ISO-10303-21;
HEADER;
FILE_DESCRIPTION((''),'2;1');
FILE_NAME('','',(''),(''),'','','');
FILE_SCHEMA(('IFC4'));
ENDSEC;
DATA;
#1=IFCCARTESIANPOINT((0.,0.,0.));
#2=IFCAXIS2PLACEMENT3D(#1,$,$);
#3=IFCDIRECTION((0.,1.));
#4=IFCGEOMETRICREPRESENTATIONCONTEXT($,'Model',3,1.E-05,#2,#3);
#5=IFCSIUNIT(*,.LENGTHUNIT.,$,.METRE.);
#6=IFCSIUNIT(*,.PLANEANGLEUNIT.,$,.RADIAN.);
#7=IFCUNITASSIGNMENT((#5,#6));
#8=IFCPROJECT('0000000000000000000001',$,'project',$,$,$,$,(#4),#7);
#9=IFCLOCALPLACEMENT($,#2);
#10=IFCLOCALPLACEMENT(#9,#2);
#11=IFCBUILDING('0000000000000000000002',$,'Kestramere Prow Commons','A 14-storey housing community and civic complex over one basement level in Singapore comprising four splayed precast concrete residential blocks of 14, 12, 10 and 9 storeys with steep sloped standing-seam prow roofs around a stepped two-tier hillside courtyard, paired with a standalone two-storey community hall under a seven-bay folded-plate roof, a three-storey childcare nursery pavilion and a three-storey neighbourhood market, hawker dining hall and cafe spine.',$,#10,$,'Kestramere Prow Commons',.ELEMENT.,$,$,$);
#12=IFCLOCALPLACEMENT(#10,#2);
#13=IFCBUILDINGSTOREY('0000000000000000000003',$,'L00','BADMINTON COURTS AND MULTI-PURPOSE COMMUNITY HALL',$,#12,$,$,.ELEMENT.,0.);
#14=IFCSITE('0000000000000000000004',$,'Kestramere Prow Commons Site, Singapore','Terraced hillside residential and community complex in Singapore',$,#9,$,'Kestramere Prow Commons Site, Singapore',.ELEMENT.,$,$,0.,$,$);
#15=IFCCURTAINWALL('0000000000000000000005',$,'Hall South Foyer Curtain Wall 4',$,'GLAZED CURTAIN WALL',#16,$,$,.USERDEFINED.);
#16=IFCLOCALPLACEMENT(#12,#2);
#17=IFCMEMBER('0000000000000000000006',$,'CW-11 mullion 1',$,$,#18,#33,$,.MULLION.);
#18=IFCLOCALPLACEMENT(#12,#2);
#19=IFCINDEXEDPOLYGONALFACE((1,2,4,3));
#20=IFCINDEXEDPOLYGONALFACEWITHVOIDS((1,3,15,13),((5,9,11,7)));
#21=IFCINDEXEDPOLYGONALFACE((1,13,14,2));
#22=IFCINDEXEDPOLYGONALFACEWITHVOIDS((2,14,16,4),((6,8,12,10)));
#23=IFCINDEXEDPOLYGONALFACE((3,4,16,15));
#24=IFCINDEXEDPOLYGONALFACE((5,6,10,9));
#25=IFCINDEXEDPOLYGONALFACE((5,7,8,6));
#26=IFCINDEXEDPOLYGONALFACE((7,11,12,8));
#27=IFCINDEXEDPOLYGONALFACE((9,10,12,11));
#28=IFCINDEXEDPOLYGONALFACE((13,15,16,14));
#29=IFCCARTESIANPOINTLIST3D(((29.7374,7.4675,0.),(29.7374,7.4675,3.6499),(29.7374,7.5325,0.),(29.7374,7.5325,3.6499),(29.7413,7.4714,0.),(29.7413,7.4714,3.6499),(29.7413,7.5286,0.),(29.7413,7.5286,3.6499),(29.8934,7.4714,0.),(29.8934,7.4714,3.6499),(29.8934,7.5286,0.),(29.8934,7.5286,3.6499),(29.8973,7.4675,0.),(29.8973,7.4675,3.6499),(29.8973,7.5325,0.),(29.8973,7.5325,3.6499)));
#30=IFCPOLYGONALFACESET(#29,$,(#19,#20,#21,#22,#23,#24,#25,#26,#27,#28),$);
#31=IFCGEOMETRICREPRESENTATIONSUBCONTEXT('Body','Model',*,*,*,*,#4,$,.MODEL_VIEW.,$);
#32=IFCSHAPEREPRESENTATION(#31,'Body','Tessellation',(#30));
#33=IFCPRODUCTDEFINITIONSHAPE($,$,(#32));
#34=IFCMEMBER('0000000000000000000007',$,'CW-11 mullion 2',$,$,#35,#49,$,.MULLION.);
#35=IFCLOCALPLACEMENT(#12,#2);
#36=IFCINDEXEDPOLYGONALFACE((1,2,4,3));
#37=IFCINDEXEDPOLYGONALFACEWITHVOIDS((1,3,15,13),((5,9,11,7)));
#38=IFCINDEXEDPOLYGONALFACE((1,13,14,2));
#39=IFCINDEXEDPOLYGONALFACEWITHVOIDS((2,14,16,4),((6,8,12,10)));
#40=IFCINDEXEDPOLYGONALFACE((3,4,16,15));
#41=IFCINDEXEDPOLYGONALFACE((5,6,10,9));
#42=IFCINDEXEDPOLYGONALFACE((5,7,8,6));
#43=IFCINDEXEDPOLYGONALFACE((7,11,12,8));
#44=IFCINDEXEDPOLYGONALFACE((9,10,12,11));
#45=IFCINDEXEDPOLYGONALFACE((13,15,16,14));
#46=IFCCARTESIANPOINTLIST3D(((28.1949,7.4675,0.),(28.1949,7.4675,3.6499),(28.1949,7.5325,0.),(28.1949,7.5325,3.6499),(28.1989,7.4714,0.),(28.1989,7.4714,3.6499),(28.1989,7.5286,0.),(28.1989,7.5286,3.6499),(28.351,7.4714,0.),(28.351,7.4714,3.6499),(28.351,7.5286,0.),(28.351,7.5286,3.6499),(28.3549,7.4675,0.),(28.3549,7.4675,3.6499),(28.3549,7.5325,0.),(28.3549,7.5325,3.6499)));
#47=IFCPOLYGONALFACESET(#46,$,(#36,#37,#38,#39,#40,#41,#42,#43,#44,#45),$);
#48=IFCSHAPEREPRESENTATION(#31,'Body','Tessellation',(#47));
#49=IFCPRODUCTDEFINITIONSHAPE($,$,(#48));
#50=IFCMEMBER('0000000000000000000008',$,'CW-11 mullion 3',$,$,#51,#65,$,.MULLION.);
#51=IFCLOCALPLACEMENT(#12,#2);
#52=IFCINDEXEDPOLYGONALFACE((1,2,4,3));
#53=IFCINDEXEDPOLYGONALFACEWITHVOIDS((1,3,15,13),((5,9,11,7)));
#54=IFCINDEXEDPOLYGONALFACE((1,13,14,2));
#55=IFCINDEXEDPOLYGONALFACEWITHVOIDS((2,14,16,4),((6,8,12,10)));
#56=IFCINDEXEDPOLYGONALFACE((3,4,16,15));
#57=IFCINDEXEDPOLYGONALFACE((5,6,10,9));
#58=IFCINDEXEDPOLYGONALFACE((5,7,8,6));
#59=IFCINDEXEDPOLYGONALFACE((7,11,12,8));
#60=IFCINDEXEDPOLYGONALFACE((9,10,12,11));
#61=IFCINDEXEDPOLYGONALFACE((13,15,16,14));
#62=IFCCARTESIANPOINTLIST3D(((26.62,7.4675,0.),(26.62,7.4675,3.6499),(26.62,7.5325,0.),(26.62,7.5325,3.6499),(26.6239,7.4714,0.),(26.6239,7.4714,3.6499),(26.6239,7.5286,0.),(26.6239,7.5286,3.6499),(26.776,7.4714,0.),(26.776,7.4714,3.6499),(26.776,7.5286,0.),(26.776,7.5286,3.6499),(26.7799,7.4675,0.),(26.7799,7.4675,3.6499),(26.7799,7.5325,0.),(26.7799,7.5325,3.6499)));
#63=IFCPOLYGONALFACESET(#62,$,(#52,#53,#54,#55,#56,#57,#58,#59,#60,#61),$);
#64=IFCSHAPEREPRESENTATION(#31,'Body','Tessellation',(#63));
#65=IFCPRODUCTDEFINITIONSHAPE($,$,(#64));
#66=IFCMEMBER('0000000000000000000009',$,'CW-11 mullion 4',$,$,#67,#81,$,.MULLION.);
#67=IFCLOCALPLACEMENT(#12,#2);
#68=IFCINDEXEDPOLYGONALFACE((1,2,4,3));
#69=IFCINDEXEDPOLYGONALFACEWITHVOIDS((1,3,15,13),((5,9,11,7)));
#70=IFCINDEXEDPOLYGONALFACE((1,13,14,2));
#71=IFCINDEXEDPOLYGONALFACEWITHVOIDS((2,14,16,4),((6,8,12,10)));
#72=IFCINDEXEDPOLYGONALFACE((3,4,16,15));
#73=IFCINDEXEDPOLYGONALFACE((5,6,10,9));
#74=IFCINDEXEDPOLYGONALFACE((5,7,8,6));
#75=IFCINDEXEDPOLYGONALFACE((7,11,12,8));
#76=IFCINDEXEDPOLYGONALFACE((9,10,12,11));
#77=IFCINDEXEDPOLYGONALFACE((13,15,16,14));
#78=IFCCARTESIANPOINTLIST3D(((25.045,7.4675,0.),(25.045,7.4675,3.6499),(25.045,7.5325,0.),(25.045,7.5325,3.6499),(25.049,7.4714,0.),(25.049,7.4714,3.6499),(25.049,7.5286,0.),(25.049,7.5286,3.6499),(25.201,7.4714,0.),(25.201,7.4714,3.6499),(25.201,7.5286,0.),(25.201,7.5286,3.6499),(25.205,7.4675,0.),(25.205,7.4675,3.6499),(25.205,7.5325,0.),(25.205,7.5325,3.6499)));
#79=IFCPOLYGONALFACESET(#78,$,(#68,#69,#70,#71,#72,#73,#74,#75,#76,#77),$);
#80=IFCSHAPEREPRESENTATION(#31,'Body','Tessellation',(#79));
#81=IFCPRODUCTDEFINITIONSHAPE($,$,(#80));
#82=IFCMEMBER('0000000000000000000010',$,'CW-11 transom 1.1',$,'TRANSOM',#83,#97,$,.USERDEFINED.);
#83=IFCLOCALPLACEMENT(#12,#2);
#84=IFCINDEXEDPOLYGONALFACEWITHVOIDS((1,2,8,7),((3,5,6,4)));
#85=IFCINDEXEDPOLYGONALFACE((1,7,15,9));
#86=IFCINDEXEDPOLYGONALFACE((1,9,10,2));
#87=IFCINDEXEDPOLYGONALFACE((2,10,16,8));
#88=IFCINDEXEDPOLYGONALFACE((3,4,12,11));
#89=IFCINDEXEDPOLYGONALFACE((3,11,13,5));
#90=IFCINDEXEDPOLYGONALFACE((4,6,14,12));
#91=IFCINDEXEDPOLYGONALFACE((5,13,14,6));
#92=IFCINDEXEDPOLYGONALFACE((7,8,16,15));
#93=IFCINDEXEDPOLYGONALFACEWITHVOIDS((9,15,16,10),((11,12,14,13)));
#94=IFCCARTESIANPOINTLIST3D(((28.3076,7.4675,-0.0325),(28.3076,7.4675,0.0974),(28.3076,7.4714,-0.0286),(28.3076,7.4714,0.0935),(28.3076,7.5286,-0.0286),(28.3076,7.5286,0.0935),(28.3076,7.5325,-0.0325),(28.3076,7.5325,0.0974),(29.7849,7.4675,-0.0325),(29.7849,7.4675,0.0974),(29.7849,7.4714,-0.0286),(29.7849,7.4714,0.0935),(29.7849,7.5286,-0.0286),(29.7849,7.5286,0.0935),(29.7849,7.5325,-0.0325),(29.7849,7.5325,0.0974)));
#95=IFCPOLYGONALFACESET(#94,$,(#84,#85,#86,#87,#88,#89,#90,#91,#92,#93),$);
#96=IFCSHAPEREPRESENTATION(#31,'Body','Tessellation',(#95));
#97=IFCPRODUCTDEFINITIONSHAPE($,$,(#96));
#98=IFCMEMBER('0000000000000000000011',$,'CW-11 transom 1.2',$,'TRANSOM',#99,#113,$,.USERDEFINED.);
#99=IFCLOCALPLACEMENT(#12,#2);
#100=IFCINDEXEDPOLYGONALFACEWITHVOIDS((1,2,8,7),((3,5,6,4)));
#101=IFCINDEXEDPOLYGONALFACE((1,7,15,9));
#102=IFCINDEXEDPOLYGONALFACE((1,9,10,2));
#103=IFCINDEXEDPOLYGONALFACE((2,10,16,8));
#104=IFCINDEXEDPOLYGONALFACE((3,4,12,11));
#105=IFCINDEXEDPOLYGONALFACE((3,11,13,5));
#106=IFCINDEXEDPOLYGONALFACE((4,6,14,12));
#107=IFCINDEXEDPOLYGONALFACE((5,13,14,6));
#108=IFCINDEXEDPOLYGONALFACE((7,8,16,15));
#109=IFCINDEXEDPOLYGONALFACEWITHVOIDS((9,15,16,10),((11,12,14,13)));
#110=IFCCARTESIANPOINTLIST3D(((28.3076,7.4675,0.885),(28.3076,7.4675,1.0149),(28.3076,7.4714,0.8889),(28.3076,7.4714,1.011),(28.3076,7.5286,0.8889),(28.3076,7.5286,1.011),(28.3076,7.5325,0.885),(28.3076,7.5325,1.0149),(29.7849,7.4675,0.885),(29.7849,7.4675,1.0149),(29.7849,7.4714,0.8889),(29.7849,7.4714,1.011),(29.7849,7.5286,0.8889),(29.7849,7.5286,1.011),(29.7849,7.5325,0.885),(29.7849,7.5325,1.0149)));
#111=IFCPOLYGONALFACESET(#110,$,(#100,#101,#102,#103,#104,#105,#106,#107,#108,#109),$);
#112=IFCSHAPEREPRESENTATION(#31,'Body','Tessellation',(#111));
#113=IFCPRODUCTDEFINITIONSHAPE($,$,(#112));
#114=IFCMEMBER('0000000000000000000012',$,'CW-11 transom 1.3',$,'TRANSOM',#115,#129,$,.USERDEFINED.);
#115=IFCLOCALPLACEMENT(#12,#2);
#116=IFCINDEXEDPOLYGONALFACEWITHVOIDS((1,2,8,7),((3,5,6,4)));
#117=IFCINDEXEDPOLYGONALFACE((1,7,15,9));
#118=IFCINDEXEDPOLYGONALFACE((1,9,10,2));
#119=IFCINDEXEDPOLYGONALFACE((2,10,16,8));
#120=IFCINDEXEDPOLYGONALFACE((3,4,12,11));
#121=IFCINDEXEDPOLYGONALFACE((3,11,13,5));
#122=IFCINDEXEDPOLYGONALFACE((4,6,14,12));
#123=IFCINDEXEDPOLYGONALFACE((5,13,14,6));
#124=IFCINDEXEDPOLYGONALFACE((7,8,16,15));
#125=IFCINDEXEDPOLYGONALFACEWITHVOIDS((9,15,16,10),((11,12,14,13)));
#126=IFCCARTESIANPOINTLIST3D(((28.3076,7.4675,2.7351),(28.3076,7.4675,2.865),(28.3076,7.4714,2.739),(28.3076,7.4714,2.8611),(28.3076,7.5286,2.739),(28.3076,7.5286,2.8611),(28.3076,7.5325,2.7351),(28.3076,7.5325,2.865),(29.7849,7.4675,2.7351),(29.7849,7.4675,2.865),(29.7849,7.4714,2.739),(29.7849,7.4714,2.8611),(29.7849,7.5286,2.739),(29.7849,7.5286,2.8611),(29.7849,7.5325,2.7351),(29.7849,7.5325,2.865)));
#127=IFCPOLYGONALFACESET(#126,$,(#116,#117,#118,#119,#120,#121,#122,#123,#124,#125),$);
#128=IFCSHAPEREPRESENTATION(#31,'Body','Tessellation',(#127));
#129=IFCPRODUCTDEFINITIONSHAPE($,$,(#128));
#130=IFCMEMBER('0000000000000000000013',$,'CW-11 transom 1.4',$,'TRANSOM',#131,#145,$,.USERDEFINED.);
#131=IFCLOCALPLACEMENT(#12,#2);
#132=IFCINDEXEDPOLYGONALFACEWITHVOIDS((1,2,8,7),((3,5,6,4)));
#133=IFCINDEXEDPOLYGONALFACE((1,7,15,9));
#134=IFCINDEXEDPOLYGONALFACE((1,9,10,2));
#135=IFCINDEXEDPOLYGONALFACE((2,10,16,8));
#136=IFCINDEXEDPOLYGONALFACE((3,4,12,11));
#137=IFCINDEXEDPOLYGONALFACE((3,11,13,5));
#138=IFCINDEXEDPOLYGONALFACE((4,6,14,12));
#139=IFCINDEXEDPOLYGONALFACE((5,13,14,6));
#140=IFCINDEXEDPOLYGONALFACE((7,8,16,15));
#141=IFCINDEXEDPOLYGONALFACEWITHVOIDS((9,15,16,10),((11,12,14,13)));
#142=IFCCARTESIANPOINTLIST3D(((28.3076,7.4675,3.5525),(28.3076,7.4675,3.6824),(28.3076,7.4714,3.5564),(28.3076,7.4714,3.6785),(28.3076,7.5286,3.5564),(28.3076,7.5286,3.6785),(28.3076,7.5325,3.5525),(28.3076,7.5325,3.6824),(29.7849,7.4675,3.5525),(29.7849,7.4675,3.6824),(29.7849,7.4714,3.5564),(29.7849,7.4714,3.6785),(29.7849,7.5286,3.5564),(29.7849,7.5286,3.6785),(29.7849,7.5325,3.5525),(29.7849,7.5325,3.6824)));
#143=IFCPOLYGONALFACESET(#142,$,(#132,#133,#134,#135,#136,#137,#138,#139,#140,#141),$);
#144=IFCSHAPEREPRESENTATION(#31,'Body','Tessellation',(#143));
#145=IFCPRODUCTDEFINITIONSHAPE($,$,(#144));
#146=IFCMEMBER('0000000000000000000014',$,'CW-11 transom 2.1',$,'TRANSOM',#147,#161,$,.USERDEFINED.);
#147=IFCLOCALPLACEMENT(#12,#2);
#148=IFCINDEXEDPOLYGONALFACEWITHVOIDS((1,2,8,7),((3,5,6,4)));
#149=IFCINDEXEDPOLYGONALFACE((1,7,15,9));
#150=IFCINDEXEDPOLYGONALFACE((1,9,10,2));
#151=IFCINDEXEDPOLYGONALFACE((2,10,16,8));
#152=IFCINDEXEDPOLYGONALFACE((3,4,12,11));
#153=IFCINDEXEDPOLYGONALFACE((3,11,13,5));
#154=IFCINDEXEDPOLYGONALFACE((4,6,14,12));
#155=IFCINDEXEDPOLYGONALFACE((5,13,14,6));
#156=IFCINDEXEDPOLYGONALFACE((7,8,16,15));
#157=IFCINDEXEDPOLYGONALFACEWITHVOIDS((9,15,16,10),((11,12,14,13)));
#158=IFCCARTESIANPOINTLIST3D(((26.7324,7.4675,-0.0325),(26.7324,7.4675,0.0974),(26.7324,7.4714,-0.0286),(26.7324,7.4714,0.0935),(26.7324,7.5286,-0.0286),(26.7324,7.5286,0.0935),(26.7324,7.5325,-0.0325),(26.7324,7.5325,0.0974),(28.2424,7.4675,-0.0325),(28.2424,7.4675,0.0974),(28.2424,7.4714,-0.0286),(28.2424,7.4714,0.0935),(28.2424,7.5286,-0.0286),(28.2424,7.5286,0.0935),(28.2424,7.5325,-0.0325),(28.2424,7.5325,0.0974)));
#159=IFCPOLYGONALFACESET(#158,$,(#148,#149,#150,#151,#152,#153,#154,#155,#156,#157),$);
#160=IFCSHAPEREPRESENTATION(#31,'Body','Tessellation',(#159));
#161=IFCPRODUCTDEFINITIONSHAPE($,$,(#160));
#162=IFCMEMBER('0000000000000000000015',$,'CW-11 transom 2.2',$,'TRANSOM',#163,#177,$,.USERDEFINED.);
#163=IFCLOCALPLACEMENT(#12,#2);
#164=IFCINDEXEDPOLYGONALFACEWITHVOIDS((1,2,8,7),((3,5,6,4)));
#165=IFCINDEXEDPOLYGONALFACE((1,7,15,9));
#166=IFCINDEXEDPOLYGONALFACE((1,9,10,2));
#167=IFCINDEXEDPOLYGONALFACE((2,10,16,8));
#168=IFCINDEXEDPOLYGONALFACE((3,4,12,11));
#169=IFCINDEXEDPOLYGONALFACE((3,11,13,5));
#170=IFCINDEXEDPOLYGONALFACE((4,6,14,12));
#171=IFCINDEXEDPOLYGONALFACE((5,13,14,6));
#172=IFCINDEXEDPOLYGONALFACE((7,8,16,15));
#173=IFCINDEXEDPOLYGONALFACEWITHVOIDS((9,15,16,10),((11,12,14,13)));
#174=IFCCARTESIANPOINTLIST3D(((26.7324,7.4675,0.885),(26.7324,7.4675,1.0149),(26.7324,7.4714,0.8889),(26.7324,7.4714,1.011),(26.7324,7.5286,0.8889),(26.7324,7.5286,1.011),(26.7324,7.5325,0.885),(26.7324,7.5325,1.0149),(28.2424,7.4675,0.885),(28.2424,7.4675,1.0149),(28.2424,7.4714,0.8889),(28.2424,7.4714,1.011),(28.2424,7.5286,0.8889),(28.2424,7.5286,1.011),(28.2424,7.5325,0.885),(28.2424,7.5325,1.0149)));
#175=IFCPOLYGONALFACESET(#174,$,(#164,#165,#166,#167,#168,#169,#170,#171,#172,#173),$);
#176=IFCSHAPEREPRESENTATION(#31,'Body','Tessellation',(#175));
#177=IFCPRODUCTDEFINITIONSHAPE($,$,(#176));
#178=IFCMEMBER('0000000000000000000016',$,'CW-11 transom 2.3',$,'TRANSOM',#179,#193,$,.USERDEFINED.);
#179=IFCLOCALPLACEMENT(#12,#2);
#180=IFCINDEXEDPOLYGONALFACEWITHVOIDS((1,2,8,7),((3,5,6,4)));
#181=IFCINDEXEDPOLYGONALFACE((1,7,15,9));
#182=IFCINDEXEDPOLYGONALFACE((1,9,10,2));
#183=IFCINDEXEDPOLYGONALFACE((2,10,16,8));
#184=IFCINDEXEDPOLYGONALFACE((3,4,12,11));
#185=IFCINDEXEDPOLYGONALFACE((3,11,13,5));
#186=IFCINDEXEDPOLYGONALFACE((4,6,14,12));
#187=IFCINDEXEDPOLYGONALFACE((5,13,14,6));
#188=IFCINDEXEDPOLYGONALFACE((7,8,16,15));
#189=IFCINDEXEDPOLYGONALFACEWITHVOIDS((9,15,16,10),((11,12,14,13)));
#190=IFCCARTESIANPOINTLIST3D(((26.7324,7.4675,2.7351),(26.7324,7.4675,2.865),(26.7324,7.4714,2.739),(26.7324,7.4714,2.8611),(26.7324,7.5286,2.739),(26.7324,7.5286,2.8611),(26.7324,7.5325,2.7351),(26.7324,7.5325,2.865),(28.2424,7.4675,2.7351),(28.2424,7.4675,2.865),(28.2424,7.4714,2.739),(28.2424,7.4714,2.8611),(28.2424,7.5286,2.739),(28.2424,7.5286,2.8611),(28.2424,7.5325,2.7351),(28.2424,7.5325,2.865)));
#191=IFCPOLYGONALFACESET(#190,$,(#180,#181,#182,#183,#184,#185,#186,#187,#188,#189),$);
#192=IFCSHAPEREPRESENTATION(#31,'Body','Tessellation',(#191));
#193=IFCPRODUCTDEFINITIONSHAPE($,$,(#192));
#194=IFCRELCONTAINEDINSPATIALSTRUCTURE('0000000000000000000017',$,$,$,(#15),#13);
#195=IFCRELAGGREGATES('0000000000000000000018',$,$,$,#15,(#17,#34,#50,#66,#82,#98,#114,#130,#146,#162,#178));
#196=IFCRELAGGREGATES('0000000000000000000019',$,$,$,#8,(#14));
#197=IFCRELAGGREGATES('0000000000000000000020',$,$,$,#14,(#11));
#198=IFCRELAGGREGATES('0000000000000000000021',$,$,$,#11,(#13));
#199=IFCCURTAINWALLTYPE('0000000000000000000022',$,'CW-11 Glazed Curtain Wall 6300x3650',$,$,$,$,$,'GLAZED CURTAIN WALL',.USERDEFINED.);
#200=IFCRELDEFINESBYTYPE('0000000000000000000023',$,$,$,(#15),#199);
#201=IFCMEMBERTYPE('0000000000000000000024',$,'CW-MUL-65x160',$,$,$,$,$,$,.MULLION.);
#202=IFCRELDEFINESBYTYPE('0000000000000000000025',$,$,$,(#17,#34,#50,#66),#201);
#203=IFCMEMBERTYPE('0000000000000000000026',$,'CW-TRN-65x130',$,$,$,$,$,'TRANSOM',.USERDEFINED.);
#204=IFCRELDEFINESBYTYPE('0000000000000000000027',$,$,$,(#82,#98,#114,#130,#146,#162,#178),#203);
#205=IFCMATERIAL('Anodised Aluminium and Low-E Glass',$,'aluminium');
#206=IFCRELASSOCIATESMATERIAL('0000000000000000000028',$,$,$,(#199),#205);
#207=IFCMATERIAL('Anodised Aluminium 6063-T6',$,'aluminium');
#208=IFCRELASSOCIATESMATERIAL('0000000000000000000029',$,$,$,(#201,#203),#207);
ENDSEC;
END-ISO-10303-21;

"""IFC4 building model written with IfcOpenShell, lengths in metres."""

from ifc_helpers import new_model, si_unit, direction, frame, origin, origin_2d, place, context, subcontext, project, spatial, hollow_rectangle, extrude, material, material_profile, profile_set, type_object, element, aggregate, save


model = new_model("IFC4")

# Units and contexts
model_context = context("Model", 3, precision=1e-05, world=origin(), true_north=direction((0.0, 1.0)))
body_context = subcontext(model_context, "Body", "Model", "MODEL_VIEW")
ifc_project = project(units=[si_unit("LENGTHUNIT", "METRE"), si_unit("PLANEANGLEUNIT", "RADIAN")], contexts=[model_context])

# Site, building, storey
site_placement = place(None, origin())
site = spatial("IfcSite", under=ifc_project, at=site_placement, Name="Kestramere Prow Commons Site, Singapore", Description="Terraced hillside residential and community complex in Singapore", LongName="Kestramere Prow Commons Site, Singapore", CompositionType="ELEMENT", RefElevation=0.0)
building_placement = place(site_placement, origin())
building = spatial("IfcBuilding", under=site, at=building_placement, Name="Kestramere Prow Commons", Description="A 14-storey housing community and civic complex over one basement level in Singapore comprising four splayed precast concrete residential blocks of 14, 12, 10 and 9 storeys with steep sloped standing-seam prow roofs around a stepped two-tier hillside courtyard, paired with a standalone two-storey community hall under a seven-bay folded-plate roof, a three-storey childcare nursery pavilion and a three-storey neighbourhood market, hawker dining hall and cafe spine.", LongName="Kestramere Prow Commons", CompositionType="ELEMENT")
storey_placement = place(building_placement, origin())
storey = spatial("IfcBuildingStorey", under=building, at=storey_placement, Name="L00", Description="BADMINTON COURTS AND MULTI-PURPOSE COMMUNITY HALL", CompositionType="ELEMENT", Elevation=0.0)

# Curtain wall, members
ifc_material_1 = material(Name="Anodised Aluminium and Low-E Glass", Category="aluminium")
curtain_wall_type = type_object("IfcCurtainWallType", Name="CW-11 Glazed Curtain Wall 6300x3650", ElementType="GLAZED CURTAIN WALL", PredefinedType="USERDEFINED", material=ifc_material_1)
curtain_wall_placement = place(storey_placement, origin())
curtain_wall = element("IfcCurtainWall", 1, at=curtain_wall_placement, inside=storey, type_object=curtain_wall_type, Name="Hall South Foyer Curtain Wall 4", ObjectType="GLAZED CURTAIN WALL", PredefinedType="USERDEFINED")
ifc_material_2 = material(Name="Anodised Aluminium 6063-T6", Category="aluminium")
ifc_material_profile_1 = material_profile(ifc_material_2, hollow_rectangle(XDim=0.0649, YDim=0.1599, WallThickness=0.0039, at=origin_2d()), Name="ALU-MUL 65x160")
ifc_profile_set_1 = profile_set([ifc_material_profile_1], Name="Anodised Aluminium 6063-T6")
member_type_1 = type_object("IfcMemberType", Name="CW-MUL-65x160", PredefinedType="MULLION", material=ifc_profile_set_1)
member_1_placement = place(storey_placement, frame((29.8174, 7.5, 0.0), z_axis=(0.0, 0.0, 1.0), x_axis=(0.0, -1.0, 0.0)))
member_1 = element("IfcMember", 2, at=member_1_placement, type_object=member_type_1, Name="CW-11 mullion 1", PredefinedType="MULLION", context=body_context, shape_type="SweptSolid", body=[
    extrude(hollow_rectangle(XDim=0.0649, YDim=0.1599, WallThickness=0.0039, at=origin_2d()), origin(), (0.0, 0.0, 1.0), 3.6499),
])
member_2_placement = place(storey_placement, frame((28.2749, 7.5, 0.0), z_axis=(0.0, 0.0, 1.0), x_axis=(0.0, -1.0, 0.0)))
member_2 = element("IfcMember", 3, at=member_2_placement, type_object=member_type_1, Name="CW-11 mullion 2", PredefinedType="MULLION", context=body_context, shape_type="SweptSolid", body=[
    extrude(hollow_rectangle(XDim=0.0649, YDim=0.1599, WallThickness=0.0039, at=origin_2d()), origin(), (0.0, 0.0, 1.0), 3.6499),
])
member_3_placement = place(storey_placement, frame((26.7, 7.5, 0.0), z_axis=(0.0, 0.0, 1.0), x_axis=(0.0, -1.0, 0.0)))
member_3 = element("IfcMember", 4, at=member_3_placement, type_object=member_type_1, Name="CW-11 mullion 3", PredefinedType="MULLION", context=body_context, shape_type="SweptSolid", body=[
    extrude(hollow_rectangle(XDim=0.0649, YDim=0.1599, WallThickness=0.0039, at=origin_2d()), origin(), (0.0, 0.0, 1.0), 3.6499),
])
member_4_placement = place(storey_placement, frame((25.125, 7.5, 0.0), z_axis=(0.0, 0.0, 1.0), x_axis=(0.0, -1.0, 0.0)))
member_4 = element("IfcMember", 5, at=member_4_placement, type_object=member_type_1, Name="CW-11 mullion 4", PredefinedType="MULLION", context=body_context, shape_type="SweptSolid", body=[
    extrude(hollow_rectangle(XDim=0.0649, YDim=0.1599, WallThickness=0.0039, at=origin_2d()), origin(), (0.0, 0.0, 1.0), 3.6499),
])
ifc_material_profile_2 = material_profile(ifc_material_2, hollow_rectangle(XDim=0.0649, YDim=0.1299, WallThickness=0.0039, at=origin_2d()), Name="ALU-TRN 65x130")
ifc_profile_set_2 = profile_set([ifc_material_profile_2], Name="Anodised Aluminium 6063-T6")
member_type_2 = type_object("IfcMemberType", Name="CW-TRN-65x130", ElementType="TRANSOM", PredefinedType="USERDEFINED", material=ifc_profile_set_2)
member_5_placement = place(storey_placement, frame((29.7849, 7.5, 0.0325), z_axis=(-1.0, 0.0, 0.0), x_axis=(0.0, -1.0, 0.0)))
member_5 = element("IfcMember", 6, at=member_5_placement, type_object=member_type_2, Name="CW-11 transom 1.1", ObjectType="TRANSOM", PredefinedType="USERDEFINED", context=body_context, shape_type="SweptSolid", body=[
    extrude(hollow_rectangle(XDim=0.0649, YDim=0.1299, WallThickness=0.0039, at=origin_2d()), origin(), (0.0, 0.0, 1.0), 1.4773),
])
member_6_placement = place(storey_placement, frame((29.7849, 7.5, 0.95), z_axis=(-1.0, 0.0, 0.0), x_axis=(0.0, -1.0, 0.0)))
member_6 = element("IfcMember", 7, at=member_6_placement, type_object=member_type_2, Name="CW-11 transom 1.2", ObjectType="TRANSOM", PredefinedType="USERDEFINED", context=body_context, shape_type="SweptSolid", body=[
    extrude(hollow_rectangle(XDim=0.0649, YDim=0.1299, WallThickness=0.0039, at=origin_2d()), origin(), (0.0, 0.0, 1.0), 1.4773),
])
member_7_placement = place(storey_placement, frame((29.7849, 7.5, 2.8), z_axis=(-1.0, 0.0, 0.0), x_axis=(0.0, -1.0, 0.0)))
member_7 = element("IfcMember", 8, at=member_7_placement, type_object=member_type_2, Name="CW-11 transom 1.3", ObjectType="TRANSOM", PredefinedType="USERDEFINED", context=body_context, shape_type="SweptSolid", body=[
    extrude(hollow_rectangle(XDim=0.0649, YDim=0.1299, WallThickness=0.0039, at=origin_2d()), origin(), (0.0, 0.0, 1.0), 1.4773),
])
member_8_placement = place(storey_placement, frame((29.7849, 7.5, 3.6174), z_axis=(-1.0, 0.0, 0.0), x_axis=(0.0, -1.0, 0.0)))
member_8 = element("IfcMember", 9, at=member_8_placement, type_object=member_type_2, Name="CW-11 transom 1.4", ObjectType="TRANSOM", PredefinedType="USERDEFINED", context=body_context, shape_type="SweptSolid", body=[
    extrude(hollow_rectangle(XDim=0.0649, YDim=0.1299, WallThickness=0.0039, at=origin_2d()), origin(), (0.0, 0.0, 1.0), 1.4773),
])
member_9_placement = place(storey_placement, frame((28.2424, 7.5, 0.0325), z_axis=(-1.0, 0.0, 0.0), x_axis=(0.0, -1.0, 0.0)))
member_9 = element("IfcMember", 10, at=member_9_placement, type_object=member_type_2, Name="CW-11 transom 2.1", ObjectType="TRANSOM", PredefinedType="USERDEFINED", context=body_context, shape_type="SweptSolid", body=[
    extrude(hollow_rectangle(XDim=0.0649, YDim=0.1299, WallThickness=0.0039, at=origin_2d()), origin(), (0.0, 0.0, 1.0), 1.51),
])
member_10_placement = place(storey_placement, frame((28.2424, 7.5, 0.95), z_axis=(-1.0, 0.0, 0.0), x_axis=(0.0, -1.0, 0.0)))
member_10 = element("IfcMember", 11, at=member_10_placement, type_object=member_type_2, Name="CW-11 transom 2.2", ObjectType="TRANSOM", PredefinedType="USERDEFINED", context=body_context, shape_type="SweptSolid", body=[
    extrude(hollow_rectangle(XDim=0.0649, YDim=0.1299, WallThickness=0.0039, at=origin_2d()), origin(), (0.0, 0.0, 1.0), 1.51),
])
member_11_placement = place(storey_placement, frame((28.2424, 7.5, 2.8), z_axis=(-1.0, 0.0, 0.0), x_axis=(0.0, -1.0, 0.0)))
member_11 = element("IfcMember", 12, at=member_11_placement, type_object=member_type_2, Name="CW-11 transom 2.3", ObjectType="TRANSOM", PredefinedType="USERDEFINED", context=body_context, shape_type="SweptSolid", body=[
    extrude(hollow_rectangle(XDim=0.0649, YDim=0.1299, WallThickness=0.0039, at=origin_2d()), origin(), (0.0, 0.0, 1.0), 1.51),
])
aggregate(curtain_wall, [member_1, member_2, member_3, member_4, member_5, member_6, member_7, member_8, member_9, member_10, member_11])

save(model, "model.ifc")
